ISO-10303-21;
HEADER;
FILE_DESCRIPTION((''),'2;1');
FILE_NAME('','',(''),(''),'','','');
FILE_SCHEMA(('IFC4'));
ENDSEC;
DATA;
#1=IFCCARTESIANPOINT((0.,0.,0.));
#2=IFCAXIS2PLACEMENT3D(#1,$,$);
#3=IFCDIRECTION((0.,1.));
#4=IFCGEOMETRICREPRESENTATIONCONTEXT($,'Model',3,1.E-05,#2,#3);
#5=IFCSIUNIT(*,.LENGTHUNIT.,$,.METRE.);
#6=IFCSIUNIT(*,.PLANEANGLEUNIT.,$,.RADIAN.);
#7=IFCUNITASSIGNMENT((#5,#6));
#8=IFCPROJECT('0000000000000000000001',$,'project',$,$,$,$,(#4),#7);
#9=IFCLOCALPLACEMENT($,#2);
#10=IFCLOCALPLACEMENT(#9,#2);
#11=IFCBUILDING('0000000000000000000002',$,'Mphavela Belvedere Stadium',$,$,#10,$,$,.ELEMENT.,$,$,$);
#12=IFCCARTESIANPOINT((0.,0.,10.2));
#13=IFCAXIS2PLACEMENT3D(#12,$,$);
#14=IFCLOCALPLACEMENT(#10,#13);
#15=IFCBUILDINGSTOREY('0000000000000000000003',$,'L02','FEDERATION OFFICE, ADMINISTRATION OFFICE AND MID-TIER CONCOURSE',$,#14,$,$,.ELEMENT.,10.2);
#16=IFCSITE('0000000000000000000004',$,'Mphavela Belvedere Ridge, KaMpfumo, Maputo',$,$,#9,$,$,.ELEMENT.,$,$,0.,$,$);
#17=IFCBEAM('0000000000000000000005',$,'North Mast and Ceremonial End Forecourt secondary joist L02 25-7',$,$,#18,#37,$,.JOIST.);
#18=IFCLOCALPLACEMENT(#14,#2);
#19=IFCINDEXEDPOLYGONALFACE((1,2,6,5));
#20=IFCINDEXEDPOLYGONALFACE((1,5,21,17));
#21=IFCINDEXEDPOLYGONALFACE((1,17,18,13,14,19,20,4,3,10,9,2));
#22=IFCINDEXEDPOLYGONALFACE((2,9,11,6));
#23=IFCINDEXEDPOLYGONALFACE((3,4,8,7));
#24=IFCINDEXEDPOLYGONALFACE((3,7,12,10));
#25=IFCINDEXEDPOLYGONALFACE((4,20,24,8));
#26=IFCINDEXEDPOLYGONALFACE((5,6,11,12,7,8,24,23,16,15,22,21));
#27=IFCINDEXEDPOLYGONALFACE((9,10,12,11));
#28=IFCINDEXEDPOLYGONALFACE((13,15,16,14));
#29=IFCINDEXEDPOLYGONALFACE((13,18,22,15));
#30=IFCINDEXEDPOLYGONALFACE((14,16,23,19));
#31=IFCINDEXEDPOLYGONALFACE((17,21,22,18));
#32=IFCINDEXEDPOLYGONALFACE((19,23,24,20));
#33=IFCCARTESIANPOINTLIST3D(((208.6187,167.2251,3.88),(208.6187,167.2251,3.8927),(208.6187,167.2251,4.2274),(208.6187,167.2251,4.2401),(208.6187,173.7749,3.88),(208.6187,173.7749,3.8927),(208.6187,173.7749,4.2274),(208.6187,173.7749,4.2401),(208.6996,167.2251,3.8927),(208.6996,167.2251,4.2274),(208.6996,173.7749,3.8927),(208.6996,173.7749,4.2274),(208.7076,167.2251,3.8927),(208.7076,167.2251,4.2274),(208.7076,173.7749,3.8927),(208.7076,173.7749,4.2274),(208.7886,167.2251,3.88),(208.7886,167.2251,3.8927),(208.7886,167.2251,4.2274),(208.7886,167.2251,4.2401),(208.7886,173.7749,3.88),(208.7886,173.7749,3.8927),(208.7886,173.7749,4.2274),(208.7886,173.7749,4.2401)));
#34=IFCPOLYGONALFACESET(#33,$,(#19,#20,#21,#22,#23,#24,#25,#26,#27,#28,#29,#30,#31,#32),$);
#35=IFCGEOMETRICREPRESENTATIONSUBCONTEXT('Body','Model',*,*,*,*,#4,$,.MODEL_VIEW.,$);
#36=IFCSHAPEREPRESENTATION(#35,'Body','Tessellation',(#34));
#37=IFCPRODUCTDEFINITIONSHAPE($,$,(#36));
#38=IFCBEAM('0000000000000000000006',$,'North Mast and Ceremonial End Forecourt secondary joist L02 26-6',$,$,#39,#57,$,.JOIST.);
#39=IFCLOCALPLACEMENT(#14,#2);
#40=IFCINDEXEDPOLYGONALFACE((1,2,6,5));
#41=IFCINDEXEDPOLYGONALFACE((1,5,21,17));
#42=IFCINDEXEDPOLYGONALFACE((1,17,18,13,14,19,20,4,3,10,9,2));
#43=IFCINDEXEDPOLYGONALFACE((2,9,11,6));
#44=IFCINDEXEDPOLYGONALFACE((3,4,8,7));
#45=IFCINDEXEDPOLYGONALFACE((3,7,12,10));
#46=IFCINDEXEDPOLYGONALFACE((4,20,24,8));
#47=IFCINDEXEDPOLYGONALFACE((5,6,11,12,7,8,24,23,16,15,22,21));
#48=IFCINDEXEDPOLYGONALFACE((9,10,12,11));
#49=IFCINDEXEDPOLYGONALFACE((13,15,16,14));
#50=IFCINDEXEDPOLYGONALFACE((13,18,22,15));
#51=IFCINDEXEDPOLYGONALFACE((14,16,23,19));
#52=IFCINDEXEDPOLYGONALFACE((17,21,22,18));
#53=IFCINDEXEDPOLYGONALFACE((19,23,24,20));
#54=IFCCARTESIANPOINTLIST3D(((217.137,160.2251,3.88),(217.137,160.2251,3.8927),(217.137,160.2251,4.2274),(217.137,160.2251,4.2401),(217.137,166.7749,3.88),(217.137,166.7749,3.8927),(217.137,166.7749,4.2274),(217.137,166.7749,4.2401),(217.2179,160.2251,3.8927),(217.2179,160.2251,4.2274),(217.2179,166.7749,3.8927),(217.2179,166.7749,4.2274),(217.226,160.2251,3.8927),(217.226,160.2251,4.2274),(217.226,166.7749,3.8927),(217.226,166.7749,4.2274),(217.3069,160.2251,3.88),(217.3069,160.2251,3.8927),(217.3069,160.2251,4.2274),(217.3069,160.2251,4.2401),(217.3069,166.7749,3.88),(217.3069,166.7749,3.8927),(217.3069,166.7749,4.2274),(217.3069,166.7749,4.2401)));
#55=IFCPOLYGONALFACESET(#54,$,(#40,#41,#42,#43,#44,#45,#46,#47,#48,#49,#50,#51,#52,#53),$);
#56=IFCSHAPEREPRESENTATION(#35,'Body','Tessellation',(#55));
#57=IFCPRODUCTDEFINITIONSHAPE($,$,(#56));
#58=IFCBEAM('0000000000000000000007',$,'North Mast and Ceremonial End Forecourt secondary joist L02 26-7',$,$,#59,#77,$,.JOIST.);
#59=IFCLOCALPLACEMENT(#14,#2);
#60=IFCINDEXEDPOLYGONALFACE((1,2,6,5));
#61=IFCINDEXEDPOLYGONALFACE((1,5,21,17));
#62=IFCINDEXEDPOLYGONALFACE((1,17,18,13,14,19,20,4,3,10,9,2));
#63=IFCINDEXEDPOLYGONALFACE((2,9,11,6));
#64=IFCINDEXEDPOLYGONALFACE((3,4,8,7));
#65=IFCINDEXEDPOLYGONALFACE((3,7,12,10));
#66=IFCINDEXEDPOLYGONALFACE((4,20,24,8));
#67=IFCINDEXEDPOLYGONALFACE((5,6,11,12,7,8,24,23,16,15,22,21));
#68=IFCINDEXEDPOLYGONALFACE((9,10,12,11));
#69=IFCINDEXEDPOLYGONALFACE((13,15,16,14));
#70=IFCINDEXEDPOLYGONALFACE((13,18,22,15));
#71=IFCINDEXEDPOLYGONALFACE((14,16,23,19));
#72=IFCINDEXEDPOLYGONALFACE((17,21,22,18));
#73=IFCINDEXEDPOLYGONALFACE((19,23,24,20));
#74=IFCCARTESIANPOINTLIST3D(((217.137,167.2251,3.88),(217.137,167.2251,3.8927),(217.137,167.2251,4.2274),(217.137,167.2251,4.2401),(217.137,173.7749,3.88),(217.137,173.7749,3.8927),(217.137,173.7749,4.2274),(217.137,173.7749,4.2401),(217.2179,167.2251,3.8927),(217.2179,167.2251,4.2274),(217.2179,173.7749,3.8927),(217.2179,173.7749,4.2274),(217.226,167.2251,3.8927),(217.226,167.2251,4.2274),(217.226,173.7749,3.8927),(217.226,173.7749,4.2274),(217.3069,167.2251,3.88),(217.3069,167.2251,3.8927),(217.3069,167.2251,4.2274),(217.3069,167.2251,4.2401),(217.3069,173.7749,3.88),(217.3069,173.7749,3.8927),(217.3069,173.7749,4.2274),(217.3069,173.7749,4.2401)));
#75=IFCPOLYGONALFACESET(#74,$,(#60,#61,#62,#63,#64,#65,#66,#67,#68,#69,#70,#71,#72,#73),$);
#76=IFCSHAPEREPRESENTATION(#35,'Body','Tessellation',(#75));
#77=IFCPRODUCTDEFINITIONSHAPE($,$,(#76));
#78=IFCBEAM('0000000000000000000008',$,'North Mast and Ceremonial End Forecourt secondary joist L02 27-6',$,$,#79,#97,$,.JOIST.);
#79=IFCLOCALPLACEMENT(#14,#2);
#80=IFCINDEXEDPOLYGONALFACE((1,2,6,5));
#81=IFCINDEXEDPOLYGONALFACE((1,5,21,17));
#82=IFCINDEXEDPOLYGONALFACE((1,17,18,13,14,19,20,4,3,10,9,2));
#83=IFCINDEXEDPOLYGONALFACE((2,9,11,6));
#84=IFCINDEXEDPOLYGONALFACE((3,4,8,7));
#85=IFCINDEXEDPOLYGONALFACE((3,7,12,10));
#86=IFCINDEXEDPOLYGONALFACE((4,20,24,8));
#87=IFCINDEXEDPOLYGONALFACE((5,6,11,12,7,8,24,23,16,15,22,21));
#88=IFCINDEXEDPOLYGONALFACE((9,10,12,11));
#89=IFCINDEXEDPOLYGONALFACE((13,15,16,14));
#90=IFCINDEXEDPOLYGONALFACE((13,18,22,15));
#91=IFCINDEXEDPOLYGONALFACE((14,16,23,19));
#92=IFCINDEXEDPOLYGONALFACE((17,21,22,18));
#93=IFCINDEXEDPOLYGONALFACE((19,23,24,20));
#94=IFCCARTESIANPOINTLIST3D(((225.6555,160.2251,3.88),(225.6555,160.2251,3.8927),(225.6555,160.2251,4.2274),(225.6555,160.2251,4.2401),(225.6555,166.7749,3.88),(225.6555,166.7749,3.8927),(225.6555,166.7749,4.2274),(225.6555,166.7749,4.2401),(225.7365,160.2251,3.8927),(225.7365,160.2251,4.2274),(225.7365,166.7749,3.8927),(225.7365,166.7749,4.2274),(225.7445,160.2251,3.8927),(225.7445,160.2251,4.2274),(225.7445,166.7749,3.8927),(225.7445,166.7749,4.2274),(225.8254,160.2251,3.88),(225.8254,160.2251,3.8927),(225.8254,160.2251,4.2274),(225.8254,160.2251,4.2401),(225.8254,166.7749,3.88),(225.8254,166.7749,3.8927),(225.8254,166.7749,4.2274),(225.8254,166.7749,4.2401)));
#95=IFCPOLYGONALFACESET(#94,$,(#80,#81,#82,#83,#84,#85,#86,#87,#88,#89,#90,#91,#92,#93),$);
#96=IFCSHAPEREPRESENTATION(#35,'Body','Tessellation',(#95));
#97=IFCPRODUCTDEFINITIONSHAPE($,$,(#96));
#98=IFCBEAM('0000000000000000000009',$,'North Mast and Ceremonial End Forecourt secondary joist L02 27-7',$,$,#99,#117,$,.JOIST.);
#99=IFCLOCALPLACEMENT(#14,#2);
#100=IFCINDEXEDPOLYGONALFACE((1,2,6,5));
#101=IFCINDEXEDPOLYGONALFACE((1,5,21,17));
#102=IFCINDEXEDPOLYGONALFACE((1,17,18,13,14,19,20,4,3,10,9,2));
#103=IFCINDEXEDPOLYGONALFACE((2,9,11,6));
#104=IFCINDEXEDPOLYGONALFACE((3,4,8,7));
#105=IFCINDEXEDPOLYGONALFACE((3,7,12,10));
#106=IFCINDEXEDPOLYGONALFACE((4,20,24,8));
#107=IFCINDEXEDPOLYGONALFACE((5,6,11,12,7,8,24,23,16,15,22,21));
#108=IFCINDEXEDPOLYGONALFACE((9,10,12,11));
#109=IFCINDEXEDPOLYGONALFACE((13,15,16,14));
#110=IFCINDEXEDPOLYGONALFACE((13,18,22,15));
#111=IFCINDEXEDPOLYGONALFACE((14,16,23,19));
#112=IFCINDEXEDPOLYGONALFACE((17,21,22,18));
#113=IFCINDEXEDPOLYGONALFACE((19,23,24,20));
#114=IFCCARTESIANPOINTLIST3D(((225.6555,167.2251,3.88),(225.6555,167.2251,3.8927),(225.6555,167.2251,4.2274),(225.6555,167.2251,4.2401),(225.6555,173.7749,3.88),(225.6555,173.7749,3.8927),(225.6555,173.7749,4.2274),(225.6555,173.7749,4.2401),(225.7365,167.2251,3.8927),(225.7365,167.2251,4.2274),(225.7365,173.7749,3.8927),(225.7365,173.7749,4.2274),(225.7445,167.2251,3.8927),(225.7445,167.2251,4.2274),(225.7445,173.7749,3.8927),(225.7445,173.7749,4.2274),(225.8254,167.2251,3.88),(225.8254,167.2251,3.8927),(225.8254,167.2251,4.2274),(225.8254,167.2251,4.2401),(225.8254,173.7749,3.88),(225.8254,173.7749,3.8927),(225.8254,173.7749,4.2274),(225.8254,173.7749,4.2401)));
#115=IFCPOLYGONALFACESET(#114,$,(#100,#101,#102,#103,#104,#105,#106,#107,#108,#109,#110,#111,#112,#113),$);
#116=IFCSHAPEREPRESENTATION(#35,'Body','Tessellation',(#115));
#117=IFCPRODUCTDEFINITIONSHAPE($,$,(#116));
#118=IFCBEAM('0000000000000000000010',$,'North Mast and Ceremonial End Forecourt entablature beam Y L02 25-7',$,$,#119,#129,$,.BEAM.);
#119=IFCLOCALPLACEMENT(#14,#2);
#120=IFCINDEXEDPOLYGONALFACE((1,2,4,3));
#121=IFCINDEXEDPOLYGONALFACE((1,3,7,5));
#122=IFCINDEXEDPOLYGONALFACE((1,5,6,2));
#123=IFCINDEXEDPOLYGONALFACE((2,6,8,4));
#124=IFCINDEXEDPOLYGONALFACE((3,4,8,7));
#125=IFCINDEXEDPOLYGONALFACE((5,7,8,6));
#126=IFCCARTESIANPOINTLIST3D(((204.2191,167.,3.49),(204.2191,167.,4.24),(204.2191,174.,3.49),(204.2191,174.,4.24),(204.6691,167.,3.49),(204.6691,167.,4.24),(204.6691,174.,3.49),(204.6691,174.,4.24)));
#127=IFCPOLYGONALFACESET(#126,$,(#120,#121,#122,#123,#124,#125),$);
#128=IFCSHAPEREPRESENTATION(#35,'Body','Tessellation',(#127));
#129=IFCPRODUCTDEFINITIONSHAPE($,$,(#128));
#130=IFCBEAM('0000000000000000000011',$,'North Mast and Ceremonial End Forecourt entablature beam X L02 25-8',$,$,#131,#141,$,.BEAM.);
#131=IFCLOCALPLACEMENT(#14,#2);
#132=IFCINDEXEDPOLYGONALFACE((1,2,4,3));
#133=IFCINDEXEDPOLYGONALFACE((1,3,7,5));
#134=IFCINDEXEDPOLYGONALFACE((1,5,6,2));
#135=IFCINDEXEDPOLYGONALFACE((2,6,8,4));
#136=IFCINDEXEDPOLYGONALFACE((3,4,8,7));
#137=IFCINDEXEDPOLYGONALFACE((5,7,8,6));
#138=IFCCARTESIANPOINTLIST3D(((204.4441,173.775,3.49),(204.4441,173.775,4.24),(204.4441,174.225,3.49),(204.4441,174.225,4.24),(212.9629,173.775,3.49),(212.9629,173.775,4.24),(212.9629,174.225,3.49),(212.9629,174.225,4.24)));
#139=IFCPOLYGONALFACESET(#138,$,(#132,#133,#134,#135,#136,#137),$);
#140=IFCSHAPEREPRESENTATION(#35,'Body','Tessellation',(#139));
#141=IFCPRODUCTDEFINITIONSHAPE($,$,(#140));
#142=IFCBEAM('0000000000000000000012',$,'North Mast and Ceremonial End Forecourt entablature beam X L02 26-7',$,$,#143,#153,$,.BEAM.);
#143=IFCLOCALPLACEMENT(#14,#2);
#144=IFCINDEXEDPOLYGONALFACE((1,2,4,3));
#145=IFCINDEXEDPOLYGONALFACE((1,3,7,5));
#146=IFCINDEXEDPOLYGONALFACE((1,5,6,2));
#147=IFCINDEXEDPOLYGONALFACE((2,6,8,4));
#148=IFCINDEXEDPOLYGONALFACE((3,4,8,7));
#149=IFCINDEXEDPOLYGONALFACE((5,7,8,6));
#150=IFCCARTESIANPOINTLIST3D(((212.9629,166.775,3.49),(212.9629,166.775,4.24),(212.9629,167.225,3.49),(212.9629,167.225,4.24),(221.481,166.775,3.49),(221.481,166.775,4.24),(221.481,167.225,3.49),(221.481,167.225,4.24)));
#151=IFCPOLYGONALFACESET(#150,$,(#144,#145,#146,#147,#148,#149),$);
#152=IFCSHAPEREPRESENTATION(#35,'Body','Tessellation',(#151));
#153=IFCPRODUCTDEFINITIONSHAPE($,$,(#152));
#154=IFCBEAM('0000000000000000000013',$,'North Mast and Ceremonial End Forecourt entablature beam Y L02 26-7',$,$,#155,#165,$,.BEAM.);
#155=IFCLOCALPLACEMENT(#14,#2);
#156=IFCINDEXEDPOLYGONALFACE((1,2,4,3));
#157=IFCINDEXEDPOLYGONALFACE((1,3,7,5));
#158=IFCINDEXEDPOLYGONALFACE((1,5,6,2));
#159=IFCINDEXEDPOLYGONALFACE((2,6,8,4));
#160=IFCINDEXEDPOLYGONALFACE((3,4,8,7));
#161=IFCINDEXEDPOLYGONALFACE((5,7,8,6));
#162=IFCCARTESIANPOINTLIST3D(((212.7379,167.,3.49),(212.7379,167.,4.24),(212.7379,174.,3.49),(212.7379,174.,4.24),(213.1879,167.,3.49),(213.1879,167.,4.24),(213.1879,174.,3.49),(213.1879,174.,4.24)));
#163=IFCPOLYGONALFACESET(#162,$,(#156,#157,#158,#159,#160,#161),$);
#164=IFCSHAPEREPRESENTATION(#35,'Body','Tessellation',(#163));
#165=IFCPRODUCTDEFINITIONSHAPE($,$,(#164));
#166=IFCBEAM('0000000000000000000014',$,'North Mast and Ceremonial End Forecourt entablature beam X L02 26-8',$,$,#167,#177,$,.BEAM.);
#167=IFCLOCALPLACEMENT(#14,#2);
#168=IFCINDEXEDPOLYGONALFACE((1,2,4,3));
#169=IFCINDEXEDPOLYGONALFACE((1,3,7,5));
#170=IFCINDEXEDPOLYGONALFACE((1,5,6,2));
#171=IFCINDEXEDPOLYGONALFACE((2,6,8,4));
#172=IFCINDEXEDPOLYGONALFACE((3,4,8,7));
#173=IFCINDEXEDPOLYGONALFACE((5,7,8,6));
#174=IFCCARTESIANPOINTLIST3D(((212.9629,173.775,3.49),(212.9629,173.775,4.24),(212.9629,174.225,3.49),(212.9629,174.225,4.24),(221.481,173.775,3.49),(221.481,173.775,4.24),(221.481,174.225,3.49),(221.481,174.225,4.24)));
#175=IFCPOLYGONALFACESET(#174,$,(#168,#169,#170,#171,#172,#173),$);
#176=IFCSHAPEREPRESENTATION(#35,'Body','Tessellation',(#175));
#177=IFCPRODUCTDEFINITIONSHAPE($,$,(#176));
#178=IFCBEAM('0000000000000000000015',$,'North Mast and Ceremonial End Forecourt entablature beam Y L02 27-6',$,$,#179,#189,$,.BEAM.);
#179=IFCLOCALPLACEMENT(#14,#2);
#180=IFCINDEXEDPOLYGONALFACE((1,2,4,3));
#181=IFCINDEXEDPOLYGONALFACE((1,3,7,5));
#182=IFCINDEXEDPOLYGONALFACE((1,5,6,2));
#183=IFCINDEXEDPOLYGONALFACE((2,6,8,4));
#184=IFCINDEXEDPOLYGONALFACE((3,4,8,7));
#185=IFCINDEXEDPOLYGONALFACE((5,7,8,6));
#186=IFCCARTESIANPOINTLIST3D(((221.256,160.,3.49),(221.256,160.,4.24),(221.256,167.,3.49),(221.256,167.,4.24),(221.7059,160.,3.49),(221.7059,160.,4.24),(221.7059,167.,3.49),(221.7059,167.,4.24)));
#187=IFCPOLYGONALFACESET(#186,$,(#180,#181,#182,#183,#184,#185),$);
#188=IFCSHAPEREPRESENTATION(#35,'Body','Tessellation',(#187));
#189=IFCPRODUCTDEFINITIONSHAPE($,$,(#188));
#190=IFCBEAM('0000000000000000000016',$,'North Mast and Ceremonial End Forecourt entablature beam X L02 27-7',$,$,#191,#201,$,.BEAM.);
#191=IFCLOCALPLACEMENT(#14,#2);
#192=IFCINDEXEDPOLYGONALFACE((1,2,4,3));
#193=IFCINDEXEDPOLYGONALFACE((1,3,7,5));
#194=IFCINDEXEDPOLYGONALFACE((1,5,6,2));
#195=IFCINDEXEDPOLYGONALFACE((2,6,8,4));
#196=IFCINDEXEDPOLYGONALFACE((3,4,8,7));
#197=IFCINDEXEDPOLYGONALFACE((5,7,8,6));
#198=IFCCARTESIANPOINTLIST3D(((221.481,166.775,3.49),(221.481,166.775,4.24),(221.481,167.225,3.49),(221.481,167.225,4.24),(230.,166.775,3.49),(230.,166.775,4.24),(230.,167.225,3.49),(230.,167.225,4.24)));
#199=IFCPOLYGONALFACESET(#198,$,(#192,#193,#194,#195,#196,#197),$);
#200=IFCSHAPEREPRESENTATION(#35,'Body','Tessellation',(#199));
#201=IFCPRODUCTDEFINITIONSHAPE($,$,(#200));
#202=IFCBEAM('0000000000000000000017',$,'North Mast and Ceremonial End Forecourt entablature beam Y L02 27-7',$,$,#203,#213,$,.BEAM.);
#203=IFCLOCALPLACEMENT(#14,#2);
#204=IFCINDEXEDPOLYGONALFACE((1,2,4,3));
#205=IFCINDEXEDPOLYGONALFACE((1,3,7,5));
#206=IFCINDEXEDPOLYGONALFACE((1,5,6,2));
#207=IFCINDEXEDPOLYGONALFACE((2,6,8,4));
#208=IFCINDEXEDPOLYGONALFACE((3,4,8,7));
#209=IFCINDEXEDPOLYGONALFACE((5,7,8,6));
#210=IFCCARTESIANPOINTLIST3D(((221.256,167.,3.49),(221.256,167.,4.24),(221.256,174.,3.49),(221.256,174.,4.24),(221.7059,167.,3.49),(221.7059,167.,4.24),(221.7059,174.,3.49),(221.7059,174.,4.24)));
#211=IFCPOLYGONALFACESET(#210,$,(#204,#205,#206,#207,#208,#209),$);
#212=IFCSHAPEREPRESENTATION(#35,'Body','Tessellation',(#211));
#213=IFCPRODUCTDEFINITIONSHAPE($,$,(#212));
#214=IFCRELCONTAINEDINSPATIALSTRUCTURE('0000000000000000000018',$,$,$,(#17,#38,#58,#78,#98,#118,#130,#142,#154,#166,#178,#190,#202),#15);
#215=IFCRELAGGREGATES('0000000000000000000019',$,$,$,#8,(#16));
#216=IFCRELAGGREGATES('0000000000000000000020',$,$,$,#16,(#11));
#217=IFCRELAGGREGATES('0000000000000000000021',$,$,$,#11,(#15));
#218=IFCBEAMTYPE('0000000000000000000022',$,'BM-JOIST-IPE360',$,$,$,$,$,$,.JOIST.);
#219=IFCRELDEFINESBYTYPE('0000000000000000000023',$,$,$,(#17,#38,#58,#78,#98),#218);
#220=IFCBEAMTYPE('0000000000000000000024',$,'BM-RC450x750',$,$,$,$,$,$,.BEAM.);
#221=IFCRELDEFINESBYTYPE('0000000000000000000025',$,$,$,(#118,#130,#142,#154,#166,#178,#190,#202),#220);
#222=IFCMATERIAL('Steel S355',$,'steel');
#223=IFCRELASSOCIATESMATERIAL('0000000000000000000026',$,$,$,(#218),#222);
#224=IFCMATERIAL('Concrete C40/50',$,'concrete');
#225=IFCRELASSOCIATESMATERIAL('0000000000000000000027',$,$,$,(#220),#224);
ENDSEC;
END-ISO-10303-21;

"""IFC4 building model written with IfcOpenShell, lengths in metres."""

from ifc_helpers import new_model, si_unit, direction, frame, origin, origin_2d, place, context, subcontext, project, spatial, rectangle, i_section, extrude, material, material_profile, profile_set, type_object, element, save


model = new_model("IFC4")

# Units and contexts
model_context = context("Model", 3, precision=1e-05, world=origin(), true_north=direction((0.0, 1.0)))
body_context = subcontext(model_context, "Body", "Model", "MODEL_VIEW")
ifc_project = project(units=[si_unit("LENGTHUNIT", "METRE"), si_unit("PLANEANGLEUNIT", "RADIAN")], contexts=[model_context])

# Site, building, storey
site_placement = place(None, origin())
site = spatial("IfcSite", under=ifc_project, at=site_placement, Name="Mphavela Belvedere Ridge, KaMpfumo, Maputo", CompositionType="ELEMENT", RefElevation=0.0)
building_placement = place(site_placement, origin())
building = spatial("IfcBuilding", under=site, at=building_placement, Name="Mphavela Belvedere Stadium", CompositionType="ELEMENT")
storey_placement = place(building_placement, frame((0.0, 0.0, 10.2)))
storey = spatial("IfcBuildingStorey", under=building, at=storey_placement, Name="L02", Description="FEDERATION OFFICE, ADMINISTRATION OFFICE AND MID-TIER CONCOURSE", CompositionType="ELEMENT", Elevation=10.2)

# Beams
ifc_material_1 = material(Name="Steel S355", Category="steel")
ifc_material_profile_1 = material_profile(ifc_material_1, i_section(OverallWidth=0.1699, OverallDepth=0.3601, WebThickness=0.0081, FlangeThickness=0.0127, at=origin_2d()), Name="IPE 360")
ifc_profile_set_1 = profile_set([ifc_material_profile_1], Name="Steel S355")
beam_type_1 = type_object("IfcBeamType", Name="BM-JOIST-IPE360", PredefinedType="JOIST", material=ifc_profile_set_1)
for number, where, z_axis, x_axis, name in (
    (1, (208.7036, 167.2251, 4.0601), (0.0, 1.0, 0.0), (-1.0, 0.0, 0.0), "North Mast and Ceremonial End Forecourt secondary joist L02 25-7"),
    (2, (217.2219, 160.2251, 4.0601), (0.0, 1.0, 0.0), (-1.0, 0.0, 0.0), "North Mast and Ceremonial End Forecourt secondary joist L02 26-6"),
    (3, (217.2219, 167.2251, 4.0601), (0.0, 1.0, 0.0), (-1.0, 0.0, 0.0), "North Mast and Ceremonial End Forecourt secondary joist L02 26-7"),
    (4, (225.7405, 160.2251, 4.0601), (0.0, 1.0, 0.0), (-1.0, 0.0, 0.0), "North Mast and Ceremonial End Forecourt secondary joist L02 27-6"),
    (5, (225.7405, 167.2251, 4.0601), (0.0, 1.0, 0.0), (-1.0, 0.0, 0.0), "North Mast and Ceremonial End Forecourt secondary joist L02 27-7"),
):
    element("IfcBeam", number, at=place(storey_placement, frame(where, z_axis=z_axis, x_axis=x_axis)), inside=storey, type_object=beam_type_1, Name=name, PredefinedType="JOIST", context=body_context, shape_type="SweptSolid", body=[
        extrude(i_section(OverallWidth=0.1699, OverallDepth=0.3601, WebThickness=0.0081, FlangeThickness=0.0127, at=origin_2d()), origin(), (0.0, 0.0, 1.0), 6.5498),
    ])
ifc_material_2 = material(Name="Concrete C40/50", Category="concrete")
ifc_material_profile_2 = material_profile(ifc_material_2, rectangle(XDim=0.45, YDim=0.75, at=origin_2d()), Name="RC 450x750")
ifc_profile_set_2 = profile_set([ifc_material_profile_2], Name="Concrete C40/50")
beam_type_2 = type_object("IfcBeamType", Name="BM-RC450x750", PredefinedType="BEAM", material=ifc_profile_set_2)
beam_1_placement = place(storey_placement, frame((204.4441, 167.0, 3.865), z_axis=(0.0, 1.0, 0.0), x_axis=(-1.0, 0.0, 0.0)))
element("IfcBeam", 6, at=beam_1_placement, inside=storey, type_object=beam_type_2, Name="North Mast and Ceremonial End Forecourt entablature beam Y L02 25-7", PredefinedType="BEAM", context=body_context, shape_type="SweptSolid", body=[
    extrude(rectangle(XDim=0.45, YDim=0.75, at=origin_2d()), origin(), (0.0, 0.0, 1.0), 7.0),
])
beam_2_placement = place(storey_placement, frame((204.4441, 174.0, 3.865), z_axis=(1.0, 0.0, 0.0), x_axis=(0.0, 1.0, 0.0)))
element("IfcBeam", 7, at=beam_2_placement, inside=storey, type_object=beam_type_2, Name="North Mast and Ceremonial End Forecourt entablature beam X L02 25-8", PredefinedType="BEAM", context=body_context, shape_type="SweptSolid", body=[
    extrude(rectangle(XDim=0.45, YDim=0.75, at=origin_2d()), origin(), (0.0, 0.0, 1.0), 8.5188),
])
beam_3_placement = place(storey_placement, frame((212.9629, 167.0, 3.865), z_axis=(1.0, 0.0, 0.0), x_axis=(0.0, 1.0, 0.0)))
element("IfcBeam", 8, at=beam_3_placement, inside=storey, type_object=beam_type_2, Name="North Mast and Ceremonial End Forecourt entablature beam X L02 26-7", PredefinedType="BEAM", context=body_context, shape_type="SweptSolid", body=[
    extrude(rectangle(XDim=0.45, YDim=0.75, at=origin_2d()), origin(), (0.0, 0.0, 1.0), 8.5181),
])
beam_4_placement = place(storey_placement, frame((212.9629, 167.0, 3.865), z_axis=(0.0, 1.0, 0.0), x_axis=(-1.0, 0.0, 0.0)))
element("IfcBeam", 9, at=beam_4_placement, inside=storey, type_object=beam_type_2, Name="North Mast and Ceremonial End Forecourt entablature beam Y L02 26-7", PredefinedType="BEAM", context=body_context, shape_type="SweptSolid", body=[
    extrude(rectangle(XDim=0.45, YDim=0.75, at=origin_2d()), origin(), (0.0, 0.0, 1.0), 7.0),
])
beam_5_placement = place(storey_placement, frame((212.9629, 174.0, 3.865), z_axis=(1.0, 0.0, 0.0), x_axis=(0.0, 1.0, 0.0)))
element("IfcBeam", 10, at=beam_5_placement, inside=storey, type_object=beam_type_2, Name="North Mast and Ceremonial End Forecourt entablature beam X L02 26-8", PredefinedType="BEAM", context=body_context, shape_type="SweptSolid", body=[
    extrude(rectangle(XDim=0.45, YDim=0.75, at=origin_2d()), origin(), (0.0, 0.0, 1.0), 8.5181),
])
beam_6_placement = place(storey_placement, frame((221.481, 160.0, 3.865), z_axis=(0.0, 1.0, 0.0), x_axis=(-1.0, 0.0, 0.0)))
element("IfcBeam", 11, at=beam_6_placement, inside=storey, type_object=beam_type_2, Name="North Mast and Ceremonial End Forecourt entablature beam Y L02 27-6", PredefinedType="BEAM", context=body_context, shape_type="SweptSolid", body=[
    extrude(rectangle(XDim=0.45, YDim=0.75, at=origin_2d()), origin(), (0.0, 0.0, 1.0), 7.0),
])
beam_7_placement = place(storey_placement, frame((221.481, 167.0, 3.865), z_axis=(1.0, 0.0, 0.0), x_axis=(0.0, 1.0, 0.0)))
element("IfcBeam", 12, at=beam_7_placement, inside=storey, type_object=beam_type_2, Name="North Mast and Ceremonial End Forecourt entablature beam X L02 27-7", PredefinedType="BEAM", context=body_context, shape_type="SweptSolid", body=[
    extrude(rectangle(XDim=0.45, YDim=0.75, at=origin_2d()), origin(), (0.0, 0.0, 1.0), 8.519),
])
beam_8_placement = place(storey_placement, frame((221.481, 167.0, 3.865), z_axis=(0.0, 1.0, 0.0), x_axis=(-1.0, 0.0, 0.0)))
element("IfcBeam", 13, at=beam_8_placement, inside=storey, type_object=beam_type_2, Name="North Mast and Ceremonial End Forecourt entablature beam Y L02 27-7", PredefinedType="BEAM", context=body_context, shape_type="SweptSolid", body=[
    extrude(rectangle(XDim=0.45, YDim=0.75, at=origin_2d()), origin(), (0.0, 0.0, 1.0), 7.0),
])

save(model, "model.ifc")
